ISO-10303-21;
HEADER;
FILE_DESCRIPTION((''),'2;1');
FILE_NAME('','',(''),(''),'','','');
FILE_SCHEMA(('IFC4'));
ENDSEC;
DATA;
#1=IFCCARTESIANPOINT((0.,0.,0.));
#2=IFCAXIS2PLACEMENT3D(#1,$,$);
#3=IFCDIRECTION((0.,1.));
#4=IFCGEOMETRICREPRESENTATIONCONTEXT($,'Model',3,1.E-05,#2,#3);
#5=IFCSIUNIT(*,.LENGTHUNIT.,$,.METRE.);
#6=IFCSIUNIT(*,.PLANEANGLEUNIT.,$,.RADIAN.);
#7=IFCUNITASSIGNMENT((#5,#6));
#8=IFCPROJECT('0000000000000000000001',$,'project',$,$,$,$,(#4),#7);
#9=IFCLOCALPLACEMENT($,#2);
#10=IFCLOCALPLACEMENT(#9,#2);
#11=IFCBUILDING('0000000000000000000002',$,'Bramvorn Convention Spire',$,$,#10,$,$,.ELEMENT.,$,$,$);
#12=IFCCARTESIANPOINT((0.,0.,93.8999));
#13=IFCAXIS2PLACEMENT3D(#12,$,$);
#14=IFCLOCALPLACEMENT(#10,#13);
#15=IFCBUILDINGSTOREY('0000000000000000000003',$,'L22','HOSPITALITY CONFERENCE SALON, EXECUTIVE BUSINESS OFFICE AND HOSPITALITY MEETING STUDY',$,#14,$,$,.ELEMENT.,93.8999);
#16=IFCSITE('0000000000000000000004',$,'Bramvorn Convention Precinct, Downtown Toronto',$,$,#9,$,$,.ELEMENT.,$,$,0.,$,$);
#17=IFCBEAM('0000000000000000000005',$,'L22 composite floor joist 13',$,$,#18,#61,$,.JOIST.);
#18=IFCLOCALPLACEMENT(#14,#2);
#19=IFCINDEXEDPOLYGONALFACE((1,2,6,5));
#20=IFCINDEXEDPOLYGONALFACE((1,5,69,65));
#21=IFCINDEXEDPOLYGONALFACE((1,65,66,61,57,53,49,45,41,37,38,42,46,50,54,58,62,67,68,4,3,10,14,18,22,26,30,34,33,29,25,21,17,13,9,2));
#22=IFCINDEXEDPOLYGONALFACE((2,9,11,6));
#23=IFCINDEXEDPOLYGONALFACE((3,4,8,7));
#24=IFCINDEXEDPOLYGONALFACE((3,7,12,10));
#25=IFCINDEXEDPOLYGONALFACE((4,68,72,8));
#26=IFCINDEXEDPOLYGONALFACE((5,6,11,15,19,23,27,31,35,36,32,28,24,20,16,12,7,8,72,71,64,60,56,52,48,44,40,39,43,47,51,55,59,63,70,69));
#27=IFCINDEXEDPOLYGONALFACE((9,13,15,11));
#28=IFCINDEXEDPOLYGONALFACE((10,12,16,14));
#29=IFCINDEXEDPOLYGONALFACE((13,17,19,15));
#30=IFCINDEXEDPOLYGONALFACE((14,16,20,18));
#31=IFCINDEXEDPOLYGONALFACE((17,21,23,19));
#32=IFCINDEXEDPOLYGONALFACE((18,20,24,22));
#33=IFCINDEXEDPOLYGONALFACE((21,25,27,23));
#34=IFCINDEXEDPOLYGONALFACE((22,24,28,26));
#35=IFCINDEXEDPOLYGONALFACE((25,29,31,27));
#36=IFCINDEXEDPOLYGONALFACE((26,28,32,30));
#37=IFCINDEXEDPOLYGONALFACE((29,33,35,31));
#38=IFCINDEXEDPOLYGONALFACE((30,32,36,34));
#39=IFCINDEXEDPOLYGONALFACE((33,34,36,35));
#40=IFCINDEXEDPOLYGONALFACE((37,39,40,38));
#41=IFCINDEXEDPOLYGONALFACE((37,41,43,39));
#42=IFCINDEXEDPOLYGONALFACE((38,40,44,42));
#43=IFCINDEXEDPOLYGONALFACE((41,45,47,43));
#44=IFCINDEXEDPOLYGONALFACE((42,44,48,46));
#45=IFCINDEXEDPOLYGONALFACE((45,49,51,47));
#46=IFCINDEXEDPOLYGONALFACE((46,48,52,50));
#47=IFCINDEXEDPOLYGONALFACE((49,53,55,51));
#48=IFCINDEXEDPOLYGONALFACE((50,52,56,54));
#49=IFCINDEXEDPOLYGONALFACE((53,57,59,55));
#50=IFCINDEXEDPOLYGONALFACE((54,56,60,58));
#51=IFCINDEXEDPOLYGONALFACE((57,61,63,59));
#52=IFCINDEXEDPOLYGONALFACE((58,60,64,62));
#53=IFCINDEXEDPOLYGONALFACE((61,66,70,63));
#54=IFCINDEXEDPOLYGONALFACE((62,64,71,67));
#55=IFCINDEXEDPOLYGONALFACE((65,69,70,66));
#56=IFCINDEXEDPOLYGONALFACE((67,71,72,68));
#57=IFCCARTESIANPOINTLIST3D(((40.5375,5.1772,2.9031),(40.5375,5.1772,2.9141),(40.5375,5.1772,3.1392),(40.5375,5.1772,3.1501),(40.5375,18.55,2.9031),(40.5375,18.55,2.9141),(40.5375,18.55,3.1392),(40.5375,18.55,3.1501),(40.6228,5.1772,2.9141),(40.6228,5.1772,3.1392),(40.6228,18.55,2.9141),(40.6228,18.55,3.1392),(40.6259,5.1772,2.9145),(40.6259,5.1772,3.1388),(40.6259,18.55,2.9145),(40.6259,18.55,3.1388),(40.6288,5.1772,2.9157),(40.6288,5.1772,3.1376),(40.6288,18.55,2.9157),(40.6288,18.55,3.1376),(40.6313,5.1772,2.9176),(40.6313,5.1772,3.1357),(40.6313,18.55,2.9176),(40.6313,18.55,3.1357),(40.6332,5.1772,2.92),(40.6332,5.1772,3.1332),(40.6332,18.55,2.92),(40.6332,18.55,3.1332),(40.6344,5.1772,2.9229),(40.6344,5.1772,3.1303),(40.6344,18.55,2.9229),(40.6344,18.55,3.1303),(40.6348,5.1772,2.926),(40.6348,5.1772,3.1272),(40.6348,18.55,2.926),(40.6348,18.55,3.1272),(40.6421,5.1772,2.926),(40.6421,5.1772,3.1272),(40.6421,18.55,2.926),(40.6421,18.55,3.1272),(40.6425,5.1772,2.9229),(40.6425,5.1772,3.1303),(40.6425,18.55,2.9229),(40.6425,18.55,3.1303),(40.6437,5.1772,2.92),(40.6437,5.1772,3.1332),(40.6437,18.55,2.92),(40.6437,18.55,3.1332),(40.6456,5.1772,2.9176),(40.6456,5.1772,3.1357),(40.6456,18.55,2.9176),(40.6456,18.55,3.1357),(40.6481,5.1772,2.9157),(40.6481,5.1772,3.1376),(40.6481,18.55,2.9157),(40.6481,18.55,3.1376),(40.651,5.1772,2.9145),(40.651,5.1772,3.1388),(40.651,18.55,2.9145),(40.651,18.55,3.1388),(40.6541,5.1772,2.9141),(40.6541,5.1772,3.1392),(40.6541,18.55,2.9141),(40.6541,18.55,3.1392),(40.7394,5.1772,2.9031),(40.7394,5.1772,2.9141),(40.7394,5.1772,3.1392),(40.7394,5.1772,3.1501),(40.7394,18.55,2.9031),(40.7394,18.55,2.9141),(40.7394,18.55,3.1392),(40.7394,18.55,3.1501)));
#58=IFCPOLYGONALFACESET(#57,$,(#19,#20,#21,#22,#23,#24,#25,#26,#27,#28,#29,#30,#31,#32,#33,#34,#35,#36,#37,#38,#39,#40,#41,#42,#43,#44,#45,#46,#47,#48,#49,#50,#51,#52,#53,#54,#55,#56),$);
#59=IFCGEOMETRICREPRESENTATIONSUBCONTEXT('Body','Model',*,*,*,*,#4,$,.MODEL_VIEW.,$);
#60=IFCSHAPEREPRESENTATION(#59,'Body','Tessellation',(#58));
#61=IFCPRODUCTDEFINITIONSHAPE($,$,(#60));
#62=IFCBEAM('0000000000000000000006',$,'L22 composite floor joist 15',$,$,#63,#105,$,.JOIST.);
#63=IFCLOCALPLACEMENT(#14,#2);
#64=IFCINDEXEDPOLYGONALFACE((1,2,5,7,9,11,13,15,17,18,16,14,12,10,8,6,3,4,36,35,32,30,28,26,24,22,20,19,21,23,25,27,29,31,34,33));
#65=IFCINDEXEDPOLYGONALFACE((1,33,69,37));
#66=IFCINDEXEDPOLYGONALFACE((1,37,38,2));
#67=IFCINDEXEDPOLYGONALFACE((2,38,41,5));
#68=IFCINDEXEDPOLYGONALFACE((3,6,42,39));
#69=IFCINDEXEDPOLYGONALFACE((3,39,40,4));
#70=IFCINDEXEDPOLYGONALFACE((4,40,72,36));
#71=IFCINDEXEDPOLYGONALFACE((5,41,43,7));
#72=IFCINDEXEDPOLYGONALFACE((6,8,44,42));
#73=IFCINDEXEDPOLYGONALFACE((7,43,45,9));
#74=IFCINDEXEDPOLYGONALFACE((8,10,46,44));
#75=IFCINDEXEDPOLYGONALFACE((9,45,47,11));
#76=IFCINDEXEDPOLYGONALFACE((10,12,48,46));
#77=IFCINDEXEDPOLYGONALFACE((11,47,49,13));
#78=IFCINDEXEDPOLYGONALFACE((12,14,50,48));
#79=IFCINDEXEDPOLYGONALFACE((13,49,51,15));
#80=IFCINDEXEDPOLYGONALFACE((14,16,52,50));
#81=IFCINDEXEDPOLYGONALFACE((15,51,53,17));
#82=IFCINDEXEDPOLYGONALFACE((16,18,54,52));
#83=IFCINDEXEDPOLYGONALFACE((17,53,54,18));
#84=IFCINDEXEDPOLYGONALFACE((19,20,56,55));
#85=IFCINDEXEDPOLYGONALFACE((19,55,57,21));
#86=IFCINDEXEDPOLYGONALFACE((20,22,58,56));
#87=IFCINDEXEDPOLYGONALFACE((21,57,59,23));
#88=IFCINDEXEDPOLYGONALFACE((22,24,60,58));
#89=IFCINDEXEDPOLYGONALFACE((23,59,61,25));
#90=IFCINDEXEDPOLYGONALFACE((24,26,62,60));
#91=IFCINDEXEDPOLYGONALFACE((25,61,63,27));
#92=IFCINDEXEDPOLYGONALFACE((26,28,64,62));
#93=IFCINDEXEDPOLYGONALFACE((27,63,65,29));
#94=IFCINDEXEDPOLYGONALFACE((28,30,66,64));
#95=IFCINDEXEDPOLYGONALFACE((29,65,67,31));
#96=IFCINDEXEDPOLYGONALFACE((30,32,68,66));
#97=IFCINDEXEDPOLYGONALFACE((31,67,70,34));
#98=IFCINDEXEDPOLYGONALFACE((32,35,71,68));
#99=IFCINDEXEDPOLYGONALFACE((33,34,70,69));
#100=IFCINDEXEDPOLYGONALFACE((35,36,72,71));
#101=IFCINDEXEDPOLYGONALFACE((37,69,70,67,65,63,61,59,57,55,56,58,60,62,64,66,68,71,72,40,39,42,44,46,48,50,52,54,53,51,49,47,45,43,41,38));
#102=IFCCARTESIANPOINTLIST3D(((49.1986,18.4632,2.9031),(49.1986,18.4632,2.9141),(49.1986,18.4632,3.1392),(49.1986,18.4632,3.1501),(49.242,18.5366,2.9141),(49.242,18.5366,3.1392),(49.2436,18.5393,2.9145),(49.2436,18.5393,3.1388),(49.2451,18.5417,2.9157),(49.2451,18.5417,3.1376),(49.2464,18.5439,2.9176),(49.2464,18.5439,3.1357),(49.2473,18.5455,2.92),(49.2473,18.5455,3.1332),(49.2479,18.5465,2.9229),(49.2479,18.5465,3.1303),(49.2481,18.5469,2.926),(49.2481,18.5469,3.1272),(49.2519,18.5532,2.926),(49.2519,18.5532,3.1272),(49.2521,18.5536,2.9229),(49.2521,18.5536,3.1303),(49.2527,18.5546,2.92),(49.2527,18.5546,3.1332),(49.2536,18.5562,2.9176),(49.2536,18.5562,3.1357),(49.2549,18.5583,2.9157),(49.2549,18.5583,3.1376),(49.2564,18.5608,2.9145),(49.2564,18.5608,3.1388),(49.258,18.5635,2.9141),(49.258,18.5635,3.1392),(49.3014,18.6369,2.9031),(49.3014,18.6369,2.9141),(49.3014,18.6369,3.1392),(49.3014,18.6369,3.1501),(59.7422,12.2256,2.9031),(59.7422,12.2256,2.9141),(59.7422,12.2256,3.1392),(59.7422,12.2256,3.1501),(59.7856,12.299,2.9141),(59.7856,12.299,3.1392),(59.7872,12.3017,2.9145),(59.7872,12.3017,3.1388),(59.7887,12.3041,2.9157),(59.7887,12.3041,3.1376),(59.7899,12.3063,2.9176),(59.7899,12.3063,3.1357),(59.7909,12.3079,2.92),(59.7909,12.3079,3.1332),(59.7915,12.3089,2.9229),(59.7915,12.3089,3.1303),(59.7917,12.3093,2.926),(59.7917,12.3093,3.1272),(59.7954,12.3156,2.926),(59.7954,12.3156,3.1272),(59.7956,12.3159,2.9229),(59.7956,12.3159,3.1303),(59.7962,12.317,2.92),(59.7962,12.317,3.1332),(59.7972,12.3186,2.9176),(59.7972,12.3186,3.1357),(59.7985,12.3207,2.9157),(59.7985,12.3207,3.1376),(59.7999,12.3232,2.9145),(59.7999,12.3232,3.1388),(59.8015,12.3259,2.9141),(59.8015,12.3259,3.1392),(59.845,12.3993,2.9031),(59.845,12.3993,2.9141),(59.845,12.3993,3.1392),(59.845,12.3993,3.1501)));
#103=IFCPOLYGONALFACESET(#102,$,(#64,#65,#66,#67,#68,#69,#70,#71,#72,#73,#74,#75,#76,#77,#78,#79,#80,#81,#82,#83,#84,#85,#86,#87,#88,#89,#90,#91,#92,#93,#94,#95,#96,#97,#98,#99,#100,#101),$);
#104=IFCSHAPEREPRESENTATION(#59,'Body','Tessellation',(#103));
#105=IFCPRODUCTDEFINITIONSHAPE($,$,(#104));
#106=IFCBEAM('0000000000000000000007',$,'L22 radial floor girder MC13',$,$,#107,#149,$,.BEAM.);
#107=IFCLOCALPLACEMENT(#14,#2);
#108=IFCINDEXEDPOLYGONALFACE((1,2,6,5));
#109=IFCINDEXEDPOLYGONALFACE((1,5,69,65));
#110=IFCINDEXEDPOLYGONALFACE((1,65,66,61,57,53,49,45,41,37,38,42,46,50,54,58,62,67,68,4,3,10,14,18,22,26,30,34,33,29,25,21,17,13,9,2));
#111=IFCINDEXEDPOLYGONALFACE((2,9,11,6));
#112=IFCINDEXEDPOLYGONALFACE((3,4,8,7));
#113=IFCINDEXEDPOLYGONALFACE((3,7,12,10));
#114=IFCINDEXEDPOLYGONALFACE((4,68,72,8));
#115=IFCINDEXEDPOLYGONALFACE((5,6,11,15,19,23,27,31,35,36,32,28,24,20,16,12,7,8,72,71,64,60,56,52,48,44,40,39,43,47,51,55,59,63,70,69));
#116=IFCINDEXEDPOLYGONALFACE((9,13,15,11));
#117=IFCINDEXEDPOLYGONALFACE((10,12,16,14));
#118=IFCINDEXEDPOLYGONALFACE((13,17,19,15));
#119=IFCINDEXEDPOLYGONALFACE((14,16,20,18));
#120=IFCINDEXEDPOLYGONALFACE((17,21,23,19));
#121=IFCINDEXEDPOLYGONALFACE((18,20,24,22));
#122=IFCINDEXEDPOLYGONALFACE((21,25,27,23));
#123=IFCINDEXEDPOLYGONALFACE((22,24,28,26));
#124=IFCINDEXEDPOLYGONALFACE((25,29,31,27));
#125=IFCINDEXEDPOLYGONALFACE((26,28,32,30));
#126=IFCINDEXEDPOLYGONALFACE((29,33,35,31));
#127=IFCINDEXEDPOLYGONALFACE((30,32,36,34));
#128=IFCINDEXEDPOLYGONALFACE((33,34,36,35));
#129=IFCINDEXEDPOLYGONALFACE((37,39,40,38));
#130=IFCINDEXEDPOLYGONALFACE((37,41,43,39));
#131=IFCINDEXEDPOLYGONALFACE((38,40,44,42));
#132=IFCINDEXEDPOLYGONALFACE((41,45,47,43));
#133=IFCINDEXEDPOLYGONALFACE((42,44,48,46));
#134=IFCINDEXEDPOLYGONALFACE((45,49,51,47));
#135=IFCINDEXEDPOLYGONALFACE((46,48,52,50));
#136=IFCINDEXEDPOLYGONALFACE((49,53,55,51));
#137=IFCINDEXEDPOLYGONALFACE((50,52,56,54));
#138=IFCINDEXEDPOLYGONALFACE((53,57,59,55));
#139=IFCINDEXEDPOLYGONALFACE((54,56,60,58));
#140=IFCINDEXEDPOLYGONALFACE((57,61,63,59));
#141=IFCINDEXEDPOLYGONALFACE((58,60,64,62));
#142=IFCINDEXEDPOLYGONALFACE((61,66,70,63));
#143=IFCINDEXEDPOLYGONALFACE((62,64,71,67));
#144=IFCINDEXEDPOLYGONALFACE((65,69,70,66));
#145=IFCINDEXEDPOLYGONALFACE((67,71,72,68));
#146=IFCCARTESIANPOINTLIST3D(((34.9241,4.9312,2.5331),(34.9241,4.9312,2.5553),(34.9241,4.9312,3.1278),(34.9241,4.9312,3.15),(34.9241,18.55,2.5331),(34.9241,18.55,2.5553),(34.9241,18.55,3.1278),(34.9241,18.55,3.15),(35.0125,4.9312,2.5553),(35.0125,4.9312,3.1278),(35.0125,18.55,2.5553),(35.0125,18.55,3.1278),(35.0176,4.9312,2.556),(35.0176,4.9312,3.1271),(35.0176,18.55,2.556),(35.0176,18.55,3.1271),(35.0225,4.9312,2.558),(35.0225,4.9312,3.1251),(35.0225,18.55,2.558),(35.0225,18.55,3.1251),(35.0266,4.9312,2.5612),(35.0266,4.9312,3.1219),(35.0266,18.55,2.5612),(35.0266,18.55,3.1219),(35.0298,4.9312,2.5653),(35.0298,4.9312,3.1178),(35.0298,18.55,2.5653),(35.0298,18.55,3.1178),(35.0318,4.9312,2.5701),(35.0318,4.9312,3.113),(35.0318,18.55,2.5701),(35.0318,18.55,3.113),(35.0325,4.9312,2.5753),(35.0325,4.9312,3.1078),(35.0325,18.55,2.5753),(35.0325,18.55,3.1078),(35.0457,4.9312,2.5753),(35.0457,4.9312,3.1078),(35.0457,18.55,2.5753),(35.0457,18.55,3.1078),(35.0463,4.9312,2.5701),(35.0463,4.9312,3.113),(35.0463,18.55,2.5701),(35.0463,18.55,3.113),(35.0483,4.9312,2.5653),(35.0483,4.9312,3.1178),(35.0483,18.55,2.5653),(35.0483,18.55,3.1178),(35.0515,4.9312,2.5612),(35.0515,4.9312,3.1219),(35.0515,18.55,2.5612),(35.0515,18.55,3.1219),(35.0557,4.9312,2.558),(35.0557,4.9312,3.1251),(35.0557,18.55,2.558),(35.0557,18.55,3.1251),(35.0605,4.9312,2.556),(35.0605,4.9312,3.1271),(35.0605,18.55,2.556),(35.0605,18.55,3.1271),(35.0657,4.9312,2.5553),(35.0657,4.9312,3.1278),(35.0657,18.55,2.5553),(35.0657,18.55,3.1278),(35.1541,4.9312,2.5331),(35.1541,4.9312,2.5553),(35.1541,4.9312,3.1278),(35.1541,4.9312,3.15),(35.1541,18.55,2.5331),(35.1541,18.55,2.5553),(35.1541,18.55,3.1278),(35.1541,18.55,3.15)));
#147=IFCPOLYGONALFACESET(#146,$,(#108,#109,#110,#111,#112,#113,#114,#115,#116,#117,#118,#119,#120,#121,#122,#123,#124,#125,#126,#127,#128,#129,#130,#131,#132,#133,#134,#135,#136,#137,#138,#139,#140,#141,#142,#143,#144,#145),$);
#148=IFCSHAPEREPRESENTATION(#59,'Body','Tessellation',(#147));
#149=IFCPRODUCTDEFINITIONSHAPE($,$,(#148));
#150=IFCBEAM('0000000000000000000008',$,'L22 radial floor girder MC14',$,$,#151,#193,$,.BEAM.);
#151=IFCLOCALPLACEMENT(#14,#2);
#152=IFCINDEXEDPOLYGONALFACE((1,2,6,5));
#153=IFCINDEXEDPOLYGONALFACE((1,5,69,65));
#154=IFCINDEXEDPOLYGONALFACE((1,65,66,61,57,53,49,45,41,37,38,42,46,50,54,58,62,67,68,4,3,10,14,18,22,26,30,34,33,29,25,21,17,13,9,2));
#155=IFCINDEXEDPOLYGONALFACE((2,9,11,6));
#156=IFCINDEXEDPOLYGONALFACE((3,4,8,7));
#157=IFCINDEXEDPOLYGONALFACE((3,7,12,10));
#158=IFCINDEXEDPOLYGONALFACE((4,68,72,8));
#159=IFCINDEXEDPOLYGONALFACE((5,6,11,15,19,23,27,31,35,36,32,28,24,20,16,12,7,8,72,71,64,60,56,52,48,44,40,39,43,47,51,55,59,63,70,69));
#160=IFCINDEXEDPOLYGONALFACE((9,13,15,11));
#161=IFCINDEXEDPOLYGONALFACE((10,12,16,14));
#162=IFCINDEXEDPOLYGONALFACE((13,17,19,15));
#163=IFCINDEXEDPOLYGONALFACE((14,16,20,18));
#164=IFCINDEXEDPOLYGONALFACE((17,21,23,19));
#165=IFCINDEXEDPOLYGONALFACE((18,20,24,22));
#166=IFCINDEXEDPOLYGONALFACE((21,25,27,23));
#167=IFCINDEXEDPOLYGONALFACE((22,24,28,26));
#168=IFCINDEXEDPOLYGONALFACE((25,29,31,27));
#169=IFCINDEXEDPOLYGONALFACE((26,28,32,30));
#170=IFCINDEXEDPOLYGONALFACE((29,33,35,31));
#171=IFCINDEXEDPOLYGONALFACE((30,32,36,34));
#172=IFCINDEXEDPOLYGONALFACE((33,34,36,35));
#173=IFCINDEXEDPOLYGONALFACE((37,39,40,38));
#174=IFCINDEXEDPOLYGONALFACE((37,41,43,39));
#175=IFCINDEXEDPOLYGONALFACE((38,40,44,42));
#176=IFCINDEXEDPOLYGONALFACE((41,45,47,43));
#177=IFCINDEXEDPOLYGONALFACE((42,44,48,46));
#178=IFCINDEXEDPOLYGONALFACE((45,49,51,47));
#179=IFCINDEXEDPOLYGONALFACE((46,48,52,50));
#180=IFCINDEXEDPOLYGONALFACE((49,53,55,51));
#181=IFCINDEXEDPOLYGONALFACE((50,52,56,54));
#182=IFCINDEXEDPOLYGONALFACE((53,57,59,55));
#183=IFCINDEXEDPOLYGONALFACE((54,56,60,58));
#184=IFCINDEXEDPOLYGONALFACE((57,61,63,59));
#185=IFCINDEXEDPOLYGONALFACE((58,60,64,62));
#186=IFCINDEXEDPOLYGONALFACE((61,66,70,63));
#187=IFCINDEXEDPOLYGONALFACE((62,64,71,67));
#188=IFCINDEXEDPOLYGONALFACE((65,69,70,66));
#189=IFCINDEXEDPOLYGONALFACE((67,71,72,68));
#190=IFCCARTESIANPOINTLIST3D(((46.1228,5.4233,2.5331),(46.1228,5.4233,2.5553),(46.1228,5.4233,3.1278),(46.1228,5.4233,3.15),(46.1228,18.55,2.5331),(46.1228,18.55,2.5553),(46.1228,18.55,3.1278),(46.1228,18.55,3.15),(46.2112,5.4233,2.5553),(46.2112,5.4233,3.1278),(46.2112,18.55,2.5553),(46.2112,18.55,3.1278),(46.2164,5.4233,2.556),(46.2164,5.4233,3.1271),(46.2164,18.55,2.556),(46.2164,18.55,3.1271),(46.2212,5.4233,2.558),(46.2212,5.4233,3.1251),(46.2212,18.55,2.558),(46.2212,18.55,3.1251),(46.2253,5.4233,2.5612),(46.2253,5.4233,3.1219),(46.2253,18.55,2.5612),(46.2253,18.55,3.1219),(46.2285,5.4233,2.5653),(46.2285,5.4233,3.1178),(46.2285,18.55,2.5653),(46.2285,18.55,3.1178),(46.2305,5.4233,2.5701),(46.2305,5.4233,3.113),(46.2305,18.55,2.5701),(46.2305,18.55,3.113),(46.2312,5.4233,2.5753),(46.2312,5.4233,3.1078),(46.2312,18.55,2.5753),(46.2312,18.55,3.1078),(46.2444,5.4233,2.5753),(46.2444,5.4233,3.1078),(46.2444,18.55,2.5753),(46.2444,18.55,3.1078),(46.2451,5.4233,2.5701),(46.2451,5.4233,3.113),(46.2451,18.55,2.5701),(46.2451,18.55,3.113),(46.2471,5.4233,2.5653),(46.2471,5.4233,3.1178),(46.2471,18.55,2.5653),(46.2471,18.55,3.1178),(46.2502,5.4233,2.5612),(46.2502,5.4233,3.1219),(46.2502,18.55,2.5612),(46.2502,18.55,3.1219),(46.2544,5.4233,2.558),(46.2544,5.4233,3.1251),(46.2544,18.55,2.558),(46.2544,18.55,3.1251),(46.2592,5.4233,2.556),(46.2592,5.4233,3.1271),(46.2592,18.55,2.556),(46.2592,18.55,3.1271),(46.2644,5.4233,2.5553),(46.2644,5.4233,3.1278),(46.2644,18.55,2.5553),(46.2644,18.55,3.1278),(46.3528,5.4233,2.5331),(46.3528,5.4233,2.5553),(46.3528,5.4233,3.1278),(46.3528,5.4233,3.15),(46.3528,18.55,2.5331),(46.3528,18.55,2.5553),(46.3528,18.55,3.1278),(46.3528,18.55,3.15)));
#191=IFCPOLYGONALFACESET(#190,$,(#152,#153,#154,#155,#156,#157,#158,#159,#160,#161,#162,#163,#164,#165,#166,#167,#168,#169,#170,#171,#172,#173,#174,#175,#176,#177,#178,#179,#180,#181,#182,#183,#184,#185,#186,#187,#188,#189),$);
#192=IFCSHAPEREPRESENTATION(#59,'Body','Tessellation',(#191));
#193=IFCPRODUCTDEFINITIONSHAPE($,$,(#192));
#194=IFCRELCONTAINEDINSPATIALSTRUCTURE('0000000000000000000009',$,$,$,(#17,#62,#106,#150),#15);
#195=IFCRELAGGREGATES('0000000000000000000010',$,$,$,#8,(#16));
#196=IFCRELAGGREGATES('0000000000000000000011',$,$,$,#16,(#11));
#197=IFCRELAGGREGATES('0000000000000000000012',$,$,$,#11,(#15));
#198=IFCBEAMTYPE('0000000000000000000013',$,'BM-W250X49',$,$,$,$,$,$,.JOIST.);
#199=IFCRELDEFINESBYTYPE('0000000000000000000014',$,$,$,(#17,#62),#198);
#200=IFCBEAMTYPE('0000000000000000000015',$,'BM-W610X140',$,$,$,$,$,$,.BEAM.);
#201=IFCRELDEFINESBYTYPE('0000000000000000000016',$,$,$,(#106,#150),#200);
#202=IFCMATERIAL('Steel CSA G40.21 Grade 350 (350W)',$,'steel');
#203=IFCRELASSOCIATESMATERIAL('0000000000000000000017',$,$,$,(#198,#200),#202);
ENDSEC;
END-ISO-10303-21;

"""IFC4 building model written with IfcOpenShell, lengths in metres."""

from ifc_helpers import new_model, si_unit, direction, frame, origin, origin_2d, place, context, subcontext, project, spatial, i_section, extrude, material, material_profile, profile_set, type_object, element, save


model = new_model("IFC4")

# Units and contexts
model_context = context("Model", 3, precision=1e-05, world=origin(), true_north=direction((0.0, 1.0)))
body_context = subcontext(model_context, "Body", "Model", "MODEL_VIEW")
ifc_project = project(units=[si_unit("LENGTHUNIT", "METRE"), si_unit("PLANEANGLEUNIT", "RADIAN")], contexts=[model_context])

# Site, building, storey
site_placement = place(None, origin())
site = spatial("IfcSite", under=ifc_project, at=site_placement, Name="Bramvorn Convention Precinct, Downtown Toronto", CompositionType="ELEMENT", RefElevation=0.0)
building_placement = place(site_placement, origin())
building = spatial("IfcBuilding", under=site, at=building_placement, Name="Bramvorn Convention Spire", CompositionType="ELEMENT")
storey_placement = place(building_placement, frame((0.0, 0.0, 93.8999)))
storey = spatial("IfcBuildingStorey", under=building, at=storey_placement, Name="L22", Description="HOSPITALITY CONFERENCE SALON, EXECUTIVE BUSINESS OFFICE AND HOSPITALITY MEETING STUDY", CompositionType="ELEMENT", Elevation=93.8999)

# Beams
ifc_material_1 = material(Name="Steel CSA G40.21 Grade 350 (350W)", Category="steel")
ifc_material_profile_1 = material_profile(ifc_material_1, i_section(OverallWidth=0.2019, OverallDepth=0.2471, WebThickness=0.0073, FlangeThickness=0.011, FilletRadius=0.012, at=origin_2d()))
ifc_profile_set_1 = profile_set([ifc_material_profile_1], Name="Steel CSA G40.21 Grade 350 (350W) - W250X49")
beam_type_1 = type_object("IfcBeamType", Name="BM-W250X49", PredefinedType="JOIST", material=ifc_profile_set_1)
beam_1_placement = place(storey_placement, frame((40.6384, 18.55, 3.0266), z_axis=(0.0, -1.0, 0.0), x_axis=(1.0, 0.0, 0.0)))
element("IfcBeam", 1, at=beam_1_placement, inside=storey, type_object=beam_type_1, Name="L22 composite floor joist 13", PredefinedType="JOIST", context=body_context, shape_type="SweptSolid", body=[
    extrude(i_section(OverallWidth=0.2019, OverallDepth=0.2471, WebThickness=0.0073, FlangeThickness=0.011, FilletRadius=0.012, at=origin_2d()), origin(), (0.0, 0.0, 1.0), 13.3728),
])
beam_2_placement = place(storey_placement, frame((49.25, 18.55, 3.0266), z_axis=(0.860665, -0.509172, 0.0), x_axis=(0.509172, 0.860665, 0.0)))
element("IfcBeam", 2, at=beam_2_placement, inside=storey, type_object=beam_type_1, Name="L22 composite floor joist 15", PredefinedType="JOIST", context=body_context, shape_type="SweptSolid", body=[
    extrude(i_section(OverallWidth=0.2019, OverallDepth=0.2471, WebThickness=0.0073, FlangeThickness=0.011, FilletRadius=0.012, at=origin_2d()), origin(), (0.0, 0.0, 1.0), 12.2505),
])
ifc_material_profile_2 = material_profile(ifc_material_1, i_section(OverallWidth=0.23, OverallDepth=0.6169, WebThickness=0.0132, FlangeThickness=0.0222, FilletRadius=0.02, at=origin_2d()))
ifc_profile_set_2 = profile_set([ifc_material_profile_2], Name="Steel CSA G40.21 Grade 350 (350W) - W610X140")
beam_type_2 = type_object("IfcBeamType", Name="BM-W610X140", PredefinedType="BEAM", material=ifc_profile_set_2)
beam_3_placement = place(storey_placement, frame((35.0391, 18.55, 2.8416), z_axis=(0.0, -1.0, 0.0), x_axis=(1.0, 0.0, 0.0)))
element("IfcBeam", 3, at=beam_3_placement, inside=storey, type_object=beam_type_2, Name="L22 radial floor girder MC13", PredefinedType="BEAM", context=body_context, shape_type="SweptSolid", body=[
    extrude(i_section(OverallWidth=0.23, OverallDepth=0.6169, WebThickness=0.0132, FlangeThickness=0.0222, FilletRadius=0.02, at=origin_2d()), origin(), (0.0, 0.0, 1.0), 13.6189),
])
beam_4_placement = place(storey_placement, frame((46.2378, 18.55, 2.8416), z_axis=(0.0, -1.0, 0.0), x_axis=(1.0, 0.0, 0.0)))
element("IfcBeam", 4, at=beam_4_placement, inside=storey, type_object=beam_type_2, Name="L22 radial floor girder MC14", PredefinedType="BEAM", context=body_context, shape_type="SweptSolid", body=[
    extrude(i_section(OverallWidth=0.23, OverallDepth=0.6169, WebThickness=0.0132, FlangeThickness=0.0222, FilletRadius=0.02, at=origin_2d()), origin(), (0.0, 0.0, 1.0), 13.1267),
])

save(model, "model.ifc")
